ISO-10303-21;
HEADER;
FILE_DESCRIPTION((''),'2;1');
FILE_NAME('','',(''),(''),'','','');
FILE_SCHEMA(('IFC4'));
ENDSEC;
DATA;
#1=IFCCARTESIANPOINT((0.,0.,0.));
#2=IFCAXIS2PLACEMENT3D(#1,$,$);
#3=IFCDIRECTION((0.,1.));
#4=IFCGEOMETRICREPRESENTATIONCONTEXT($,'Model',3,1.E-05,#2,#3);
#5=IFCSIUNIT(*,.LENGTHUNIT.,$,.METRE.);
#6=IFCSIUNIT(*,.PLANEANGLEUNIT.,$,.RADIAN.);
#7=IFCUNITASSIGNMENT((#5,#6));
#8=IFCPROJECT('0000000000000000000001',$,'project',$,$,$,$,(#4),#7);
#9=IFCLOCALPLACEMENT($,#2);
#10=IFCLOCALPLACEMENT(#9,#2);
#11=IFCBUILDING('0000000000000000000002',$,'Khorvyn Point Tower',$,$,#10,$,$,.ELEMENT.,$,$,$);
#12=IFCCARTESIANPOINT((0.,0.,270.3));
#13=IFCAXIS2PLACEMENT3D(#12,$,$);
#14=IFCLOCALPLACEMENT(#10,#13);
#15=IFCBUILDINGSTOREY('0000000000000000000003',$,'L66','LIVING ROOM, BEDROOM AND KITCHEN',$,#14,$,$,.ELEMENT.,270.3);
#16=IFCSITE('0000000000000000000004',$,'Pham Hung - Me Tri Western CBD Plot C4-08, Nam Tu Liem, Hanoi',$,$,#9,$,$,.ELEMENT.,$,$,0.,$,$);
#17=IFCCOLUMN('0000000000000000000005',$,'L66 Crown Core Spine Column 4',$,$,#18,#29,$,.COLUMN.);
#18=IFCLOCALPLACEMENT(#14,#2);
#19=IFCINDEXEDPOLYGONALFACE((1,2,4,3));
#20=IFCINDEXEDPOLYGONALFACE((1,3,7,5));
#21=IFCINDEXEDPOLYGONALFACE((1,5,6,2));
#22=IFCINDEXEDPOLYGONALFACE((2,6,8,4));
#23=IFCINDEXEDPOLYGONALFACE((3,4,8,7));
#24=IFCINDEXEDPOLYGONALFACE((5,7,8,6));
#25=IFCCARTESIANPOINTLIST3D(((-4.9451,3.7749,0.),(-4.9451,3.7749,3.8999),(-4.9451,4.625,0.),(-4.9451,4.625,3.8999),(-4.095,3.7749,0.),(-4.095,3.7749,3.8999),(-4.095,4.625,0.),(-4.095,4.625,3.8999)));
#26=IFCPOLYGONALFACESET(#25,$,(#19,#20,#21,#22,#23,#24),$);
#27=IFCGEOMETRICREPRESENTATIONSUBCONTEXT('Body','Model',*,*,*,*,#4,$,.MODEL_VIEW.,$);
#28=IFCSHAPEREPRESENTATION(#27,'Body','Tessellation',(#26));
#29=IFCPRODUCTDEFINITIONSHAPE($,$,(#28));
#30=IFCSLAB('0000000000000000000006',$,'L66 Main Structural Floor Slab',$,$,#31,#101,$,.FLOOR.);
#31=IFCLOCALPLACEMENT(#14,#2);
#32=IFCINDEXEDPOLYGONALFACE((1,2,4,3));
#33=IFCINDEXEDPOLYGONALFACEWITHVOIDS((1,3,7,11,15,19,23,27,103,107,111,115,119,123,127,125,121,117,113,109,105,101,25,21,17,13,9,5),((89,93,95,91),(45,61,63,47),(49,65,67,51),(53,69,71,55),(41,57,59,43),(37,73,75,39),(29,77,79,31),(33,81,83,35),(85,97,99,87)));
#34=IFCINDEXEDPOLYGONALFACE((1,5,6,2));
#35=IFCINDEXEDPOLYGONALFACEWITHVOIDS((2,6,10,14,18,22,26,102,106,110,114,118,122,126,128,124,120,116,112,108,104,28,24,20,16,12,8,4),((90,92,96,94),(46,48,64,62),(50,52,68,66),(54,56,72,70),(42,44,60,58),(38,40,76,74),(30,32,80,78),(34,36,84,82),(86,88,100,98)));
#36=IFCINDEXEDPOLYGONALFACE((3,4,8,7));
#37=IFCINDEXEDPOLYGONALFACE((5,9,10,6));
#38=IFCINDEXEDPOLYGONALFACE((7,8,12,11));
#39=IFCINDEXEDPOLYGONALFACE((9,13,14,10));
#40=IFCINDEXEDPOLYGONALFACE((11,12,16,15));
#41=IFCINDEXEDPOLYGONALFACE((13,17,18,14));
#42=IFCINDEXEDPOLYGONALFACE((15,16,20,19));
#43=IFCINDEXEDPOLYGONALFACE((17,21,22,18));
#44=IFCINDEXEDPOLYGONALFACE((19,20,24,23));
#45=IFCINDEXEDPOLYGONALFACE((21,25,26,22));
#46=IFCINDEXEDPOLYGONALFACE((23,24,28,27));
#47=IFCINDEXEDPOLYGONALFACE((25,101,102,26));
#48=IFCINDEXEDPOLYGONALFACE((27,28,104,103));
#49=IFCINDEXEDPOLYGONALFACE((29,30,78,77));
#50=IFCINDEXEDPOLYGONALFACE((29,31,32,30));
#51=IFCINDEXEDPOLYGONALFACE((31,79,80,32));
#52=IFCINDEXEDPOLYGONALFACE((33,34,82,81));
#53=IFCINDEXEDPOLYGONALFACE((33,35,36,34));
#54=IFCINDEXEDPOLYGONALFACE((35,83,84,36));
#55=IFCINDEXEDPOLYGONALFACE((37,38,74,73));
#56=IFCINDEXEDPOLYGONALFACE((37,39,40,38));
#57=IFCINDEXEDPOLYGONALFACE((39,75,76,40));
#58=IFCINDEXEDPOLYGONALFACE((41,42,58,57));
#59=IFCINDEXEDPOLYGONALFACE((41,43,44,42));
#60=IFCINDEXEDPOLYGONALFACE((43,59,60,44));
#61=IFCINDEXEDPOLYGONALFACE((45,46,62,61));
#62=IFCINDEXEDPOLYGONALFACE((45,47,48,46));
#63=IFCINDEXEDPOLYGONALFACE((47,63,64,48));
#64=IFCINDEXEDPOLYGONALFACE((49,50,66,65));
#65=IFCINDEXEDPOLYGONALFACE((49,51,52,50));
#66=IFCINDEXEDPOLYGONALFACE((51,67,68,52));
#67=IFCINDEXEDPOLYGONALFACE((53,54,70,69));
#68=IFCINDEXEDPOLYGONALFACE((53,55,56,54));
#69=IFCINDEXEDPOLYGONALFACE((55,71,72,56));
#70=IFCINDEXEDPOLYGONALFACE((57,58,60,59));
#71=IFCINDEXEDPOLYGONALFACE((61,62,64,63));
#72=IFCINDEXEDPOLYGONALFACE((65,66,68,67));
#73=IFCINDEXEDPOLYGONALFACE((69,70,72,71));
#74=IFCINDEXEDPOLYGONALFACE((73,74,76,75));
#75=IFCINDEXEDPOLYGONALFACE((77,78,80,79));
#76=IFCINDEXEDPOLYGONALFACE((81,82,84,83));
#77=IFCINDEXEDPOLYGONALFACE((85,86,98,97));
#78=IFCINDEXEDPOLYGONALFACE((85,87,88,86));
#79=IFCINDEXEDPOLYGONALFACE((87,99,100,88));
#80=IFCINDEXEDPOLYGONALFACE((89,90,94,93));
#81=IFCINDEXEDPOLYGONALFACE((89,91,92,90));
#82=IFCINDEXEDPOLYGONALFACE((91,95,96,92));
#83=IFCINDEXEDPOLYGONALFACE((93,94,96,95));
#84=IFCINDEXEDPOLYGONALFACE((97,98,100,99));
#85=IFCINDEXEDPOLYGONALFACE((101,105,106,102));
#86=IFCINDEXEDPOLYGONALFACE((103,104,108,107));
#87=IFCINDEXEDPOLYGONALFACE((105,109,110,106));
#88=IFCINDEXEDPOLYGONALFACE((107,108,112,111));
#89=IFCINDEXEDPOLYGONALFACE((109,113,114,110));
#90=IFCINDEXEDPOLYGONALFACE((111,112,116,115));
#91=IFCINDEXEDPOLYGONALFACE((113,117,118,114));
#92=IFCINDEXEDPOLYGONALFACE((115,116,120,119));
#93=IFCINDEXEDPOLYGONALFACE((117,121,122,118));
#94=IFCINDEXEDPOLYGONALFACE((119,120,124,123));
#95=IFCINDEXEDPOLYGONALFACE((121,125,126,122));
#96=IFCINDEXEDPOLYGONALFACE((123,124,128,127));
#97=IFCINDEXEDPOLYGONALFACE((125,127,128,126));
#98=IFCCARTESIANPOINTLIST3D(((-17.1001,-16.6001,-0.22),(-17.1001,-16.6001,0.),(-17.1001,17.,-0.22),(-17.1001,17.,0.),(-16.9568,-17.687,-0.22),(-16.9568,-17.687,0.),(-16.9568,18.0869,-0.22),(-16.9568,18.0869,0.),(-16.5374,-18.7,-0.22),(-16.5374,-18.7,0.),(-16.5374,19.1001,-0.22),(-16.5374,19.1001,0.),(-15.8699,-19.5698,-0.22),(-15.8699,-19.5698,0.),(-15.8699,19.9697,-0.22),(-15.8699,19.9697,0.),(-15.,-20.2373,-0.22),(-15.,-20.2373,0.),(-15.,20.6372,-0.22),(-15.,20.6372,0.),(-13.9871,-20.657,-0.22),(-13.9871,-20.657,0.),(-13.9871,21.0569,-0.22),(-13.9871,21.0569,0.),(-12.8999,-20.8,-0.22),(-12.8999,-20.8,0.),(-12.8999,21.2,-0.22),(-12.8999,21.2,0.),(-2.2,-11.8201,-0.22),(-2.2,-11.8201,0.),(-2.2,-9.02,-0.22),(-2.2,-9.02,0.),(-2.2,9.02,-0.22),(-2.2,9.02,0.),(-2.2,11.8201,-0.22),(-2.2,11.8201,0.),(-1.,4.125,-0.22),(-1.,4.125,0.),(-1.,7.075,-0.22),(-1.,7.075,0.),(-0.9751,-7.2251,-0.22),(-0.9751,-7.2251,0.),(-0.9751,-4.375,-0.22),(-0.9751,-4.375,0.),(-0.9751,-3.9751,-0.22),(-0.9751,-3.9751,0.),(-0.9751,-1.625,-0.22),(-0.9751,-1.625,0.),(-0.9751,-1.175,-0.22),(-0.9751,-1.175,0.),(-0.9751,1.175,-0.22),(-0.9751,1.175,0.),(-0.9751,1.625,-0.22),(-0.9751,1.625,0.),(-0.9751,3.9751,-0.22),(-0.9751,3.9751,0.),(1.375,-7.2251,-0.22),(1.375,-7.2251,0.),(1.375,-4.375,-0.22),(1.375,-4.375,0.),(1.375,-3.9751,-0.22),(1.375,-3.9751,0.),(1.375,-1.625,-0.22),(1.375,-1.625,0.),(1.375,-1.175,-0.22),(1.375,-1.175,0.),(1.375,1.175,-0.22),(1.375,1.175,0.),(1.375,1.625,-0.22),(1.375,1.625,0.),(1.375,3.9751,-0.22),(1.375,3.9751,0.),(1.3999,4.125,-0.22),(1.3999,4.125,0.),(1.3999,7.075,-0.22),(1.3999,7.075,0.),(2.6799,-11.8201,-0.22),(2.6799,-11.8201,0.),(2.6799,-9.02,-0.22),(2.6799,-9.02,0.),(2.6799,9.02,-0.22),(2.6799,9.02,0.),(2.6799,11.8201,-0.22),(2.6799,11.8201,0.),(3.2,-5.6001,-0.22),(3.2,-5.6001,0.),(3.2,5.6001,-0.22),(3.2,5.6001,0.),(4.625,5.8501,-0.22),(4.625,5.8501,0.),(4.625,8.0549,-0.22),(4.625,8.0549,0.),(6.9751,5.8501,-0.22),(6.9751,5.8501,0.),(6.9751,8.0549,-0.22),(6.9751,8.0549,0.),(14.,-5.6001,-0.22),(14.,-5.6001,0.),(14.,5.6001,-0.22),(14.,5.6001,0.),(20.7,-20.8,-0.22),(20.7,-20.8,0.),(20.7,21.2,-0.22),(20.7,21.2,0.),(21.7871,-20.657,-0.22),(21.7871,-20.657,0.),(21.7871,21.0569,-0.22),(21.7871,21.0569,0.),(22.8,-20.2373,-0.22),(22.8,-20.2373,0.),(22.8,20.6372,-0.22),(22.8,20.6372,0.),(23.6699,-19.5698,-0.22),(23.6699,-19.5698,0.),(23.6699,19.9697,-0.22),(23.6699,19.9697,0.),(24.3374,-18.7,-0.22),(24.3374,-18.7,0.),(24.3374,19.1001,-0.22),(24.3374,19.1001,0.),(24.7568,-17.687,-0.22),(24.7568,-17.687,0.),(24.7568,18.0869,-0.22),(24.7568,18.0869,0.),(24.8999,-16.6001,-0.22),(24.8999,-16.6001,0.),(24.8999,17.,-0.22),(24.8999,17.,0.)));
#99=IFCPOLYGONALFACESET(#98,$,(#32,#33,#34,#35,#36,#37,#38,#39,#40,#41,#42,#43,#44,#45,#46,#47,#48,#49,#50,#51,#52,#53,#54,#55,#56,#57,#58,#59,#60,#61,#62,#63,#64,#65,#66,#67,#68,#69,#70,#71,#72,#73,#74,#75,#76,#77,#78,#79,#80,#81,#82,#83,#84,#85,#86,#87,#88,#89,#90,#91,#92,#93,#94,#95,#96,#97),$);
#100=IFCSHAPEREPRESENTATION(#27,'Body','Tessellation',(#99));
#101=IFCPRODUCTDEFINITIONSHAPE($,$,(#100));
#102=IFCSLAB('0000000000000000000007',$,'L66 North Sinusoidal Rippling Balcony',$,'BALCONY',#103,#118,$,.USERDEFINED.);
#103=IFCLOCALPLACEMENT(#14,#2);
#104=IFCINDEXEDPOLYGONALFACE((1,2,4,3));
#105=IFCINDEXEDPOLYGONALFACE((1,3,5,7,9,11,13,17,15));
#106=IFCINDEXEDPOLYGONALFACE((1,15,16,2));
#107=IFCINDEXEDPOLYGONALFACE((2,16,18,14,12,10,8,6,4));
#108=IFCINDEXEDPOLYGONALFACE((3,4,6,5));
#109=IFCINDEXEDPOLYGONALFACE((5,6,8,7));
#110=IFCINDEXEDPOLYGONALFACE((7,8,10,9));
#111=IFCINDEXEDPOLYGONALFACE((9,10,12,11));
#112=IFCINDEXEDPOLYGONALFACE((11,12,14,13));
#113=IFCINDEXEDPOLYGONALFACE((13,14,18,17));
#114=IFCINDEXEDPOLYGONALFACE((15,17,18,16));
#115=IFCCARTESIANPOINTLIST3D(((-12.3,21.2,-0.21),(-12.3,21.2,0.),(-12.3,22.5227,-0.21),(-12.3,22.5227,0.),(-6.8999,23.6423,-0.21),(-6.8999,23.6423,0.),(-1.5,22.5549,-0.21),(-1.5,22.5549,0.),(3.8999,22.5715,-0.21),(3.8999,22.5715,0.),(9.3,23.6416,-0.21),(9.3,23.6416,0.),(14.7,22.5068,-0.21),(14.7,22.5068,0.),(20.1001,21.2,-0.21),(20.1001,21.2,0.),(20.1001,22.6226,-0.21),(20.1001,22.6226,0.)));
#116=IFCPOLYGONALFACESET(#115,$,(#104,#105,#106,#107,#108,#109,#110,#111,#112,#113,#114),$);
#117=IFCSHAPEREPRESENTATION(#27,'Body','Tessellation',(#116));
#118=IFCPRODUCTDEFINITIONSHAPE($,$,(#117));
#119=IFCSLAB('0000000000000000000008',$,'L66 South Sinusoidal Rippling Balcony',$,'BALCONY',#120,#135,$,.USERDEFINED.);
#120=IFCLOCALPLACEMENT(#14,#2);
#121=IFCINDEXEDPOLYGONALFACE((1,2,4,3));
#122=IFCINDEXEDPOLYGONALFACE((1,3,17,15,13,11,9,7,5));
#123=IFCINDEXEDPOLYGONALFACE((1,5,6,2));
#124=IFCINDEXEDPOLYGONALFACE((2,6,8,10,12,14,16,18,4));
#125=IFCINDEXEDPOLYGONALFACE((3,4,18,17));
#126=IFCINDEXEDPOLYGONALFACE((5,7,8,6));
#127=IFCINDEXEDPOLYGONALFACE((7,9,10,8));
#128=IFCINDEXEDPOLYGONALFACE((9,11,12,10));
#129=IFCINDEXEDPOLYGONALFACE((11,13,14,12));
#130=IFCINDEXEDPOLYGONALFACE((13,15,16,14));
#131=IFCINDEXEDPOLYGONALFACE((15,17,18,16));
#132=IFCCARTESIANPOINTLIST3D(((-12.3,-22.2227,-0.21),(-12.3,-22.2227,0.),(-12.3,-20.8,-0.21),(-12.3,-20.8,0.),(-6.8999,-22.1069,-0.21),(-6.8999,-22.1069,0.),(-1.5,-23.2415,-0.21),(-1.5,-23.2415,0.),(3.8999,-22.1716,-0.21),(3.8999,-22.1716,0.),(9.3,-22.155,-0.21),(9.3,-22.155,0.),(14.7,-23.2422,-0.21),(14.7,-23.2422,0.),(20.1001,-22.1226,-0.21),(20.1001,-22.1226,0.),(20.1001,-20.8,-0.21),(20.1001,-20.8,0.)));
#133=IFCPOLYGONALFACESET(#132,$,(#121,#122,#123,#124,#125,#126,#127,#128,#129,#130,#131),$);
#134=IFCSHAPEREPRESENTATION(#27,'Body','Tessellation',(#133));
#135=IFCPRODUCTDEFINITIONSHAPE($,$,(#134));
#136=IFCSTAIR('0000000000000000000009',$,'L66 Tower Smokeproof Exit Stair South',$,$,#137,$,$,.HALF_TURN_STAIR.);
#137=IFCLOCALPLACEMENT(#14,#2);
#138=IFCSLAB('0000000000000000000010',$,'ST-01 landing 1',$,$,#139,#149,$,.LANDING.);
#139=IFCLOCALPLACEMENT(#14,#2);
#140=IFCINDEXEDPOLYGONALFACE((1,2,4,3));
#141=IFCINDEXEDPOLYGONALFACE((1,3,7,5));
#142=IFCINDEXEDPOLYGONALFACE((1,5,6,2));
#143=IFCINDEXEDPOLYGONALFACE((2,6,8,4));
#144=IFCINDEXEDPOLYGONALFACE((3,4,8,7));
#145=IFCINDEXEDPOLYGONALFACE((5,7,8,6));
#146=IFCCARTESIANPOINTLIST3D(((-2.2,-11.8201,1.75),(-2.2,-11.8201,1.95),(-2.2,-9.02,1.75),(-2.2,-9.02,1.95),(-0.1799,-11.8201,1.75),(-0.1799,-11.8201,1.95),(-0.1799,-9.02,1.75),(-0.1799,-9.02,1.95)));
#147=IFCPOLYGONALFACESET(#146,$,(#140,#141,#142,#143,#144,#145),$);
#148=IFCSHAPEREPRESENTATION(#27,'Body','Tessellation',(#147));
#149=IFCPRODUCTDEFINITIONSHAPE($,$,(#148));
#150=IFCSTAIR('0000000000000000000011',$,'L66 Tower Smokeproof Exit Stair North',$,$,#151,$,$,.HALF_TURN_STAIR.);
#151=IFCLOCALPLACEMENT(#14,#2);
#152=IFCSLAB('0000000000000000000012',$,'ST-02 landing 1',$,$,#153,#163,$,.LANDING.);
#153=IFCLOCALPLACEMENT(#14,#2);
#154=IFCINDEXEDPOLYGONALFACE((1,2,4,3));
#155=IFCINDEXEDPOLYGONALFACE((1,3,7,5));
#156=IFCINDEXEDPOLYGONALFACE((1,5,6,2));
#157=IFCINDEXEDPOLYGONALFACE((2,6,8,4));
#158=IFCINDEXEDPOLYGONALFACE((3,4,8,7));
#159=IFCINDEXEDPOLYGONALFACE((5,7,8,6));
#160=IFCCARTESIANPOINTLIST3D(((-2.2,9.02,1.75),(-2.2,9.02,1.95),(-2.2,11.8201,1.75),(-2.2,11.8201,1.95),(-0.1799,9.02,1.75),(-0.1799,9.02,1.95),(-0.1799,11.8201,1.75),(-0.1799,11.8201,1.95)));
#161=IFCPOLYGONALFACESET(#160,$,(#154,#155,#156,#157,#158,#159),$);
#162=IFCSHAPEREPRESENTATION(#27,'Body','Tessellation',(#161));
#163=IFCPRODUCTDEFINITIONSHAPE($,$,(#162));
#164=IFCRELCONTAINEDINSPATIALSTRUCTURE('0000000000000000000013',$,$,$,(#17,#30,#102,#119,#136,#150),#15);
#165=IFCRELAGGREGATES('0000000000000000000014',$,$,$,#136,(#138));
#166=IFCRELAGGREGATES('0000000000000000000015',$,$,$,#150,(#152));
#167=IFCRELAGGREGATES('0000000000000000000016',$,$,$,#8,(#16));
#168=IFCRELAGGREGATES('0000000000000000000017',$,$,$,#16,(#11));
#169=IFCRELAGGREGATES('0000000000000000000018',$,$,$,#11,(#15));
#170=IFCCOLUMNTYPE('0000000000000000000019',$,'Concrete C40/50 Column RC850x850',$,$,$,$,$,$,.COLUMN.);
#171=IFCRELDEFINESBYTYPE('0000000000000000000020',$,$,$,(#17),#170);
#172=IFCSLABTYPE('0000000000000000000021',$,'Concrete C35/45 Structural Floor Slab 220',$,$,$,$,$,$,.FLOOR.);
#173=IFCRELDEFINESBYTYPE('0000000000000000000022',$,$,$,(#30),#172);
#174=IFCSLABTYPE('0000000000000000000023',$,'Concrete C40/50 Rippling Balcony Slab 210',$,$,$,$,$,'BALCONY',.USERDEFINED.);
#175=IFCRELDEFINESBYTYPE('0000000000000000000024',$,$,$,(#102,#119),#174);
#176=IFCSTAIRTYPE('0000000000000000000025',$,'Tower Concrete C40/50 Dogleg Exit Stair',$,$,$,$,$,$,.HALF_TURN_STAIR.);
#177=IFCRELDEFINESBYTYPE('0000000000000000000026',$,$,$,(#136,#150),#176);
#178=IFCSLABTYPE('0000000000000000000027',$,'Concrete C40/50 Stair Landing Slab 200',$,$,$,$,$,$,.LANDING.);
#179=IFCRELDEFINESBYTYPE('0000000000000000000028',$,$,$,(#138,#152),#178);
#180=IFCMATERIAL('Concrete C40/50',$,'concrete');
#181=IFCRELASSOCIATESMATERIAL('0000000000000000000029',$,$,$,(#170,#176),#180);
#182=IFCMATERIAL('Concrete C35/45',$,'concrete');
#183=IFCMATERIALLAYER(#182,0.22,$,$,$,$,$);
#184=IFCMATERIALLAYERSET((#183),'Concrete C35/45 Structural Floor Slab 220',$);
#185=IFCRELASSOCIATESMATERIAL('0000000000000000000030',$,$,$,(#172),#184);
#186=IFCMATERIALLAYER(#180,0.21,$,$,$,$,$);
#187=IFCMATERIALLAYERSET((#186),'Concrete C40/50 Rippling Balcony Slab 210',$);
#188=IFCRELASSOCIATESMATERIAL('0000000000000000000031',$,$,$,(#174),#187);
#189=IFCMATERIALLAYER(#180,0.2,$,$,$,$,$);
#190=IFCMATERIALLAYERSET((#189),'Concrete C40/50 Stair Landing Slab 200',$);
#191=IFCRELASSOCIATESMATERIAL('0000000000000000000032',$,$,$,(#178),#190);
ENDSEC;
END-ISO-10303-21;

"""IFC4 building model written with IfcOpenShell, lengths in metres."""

from ifc_helpers import new_model, si_unit, direction, frame, origin, origin_2d, place, context, subcontext, project, spatial, polyline, rectangle, outline, extrude, material, layer, layer_set, material_profile, profile_set, type_object, element, aggregate, save


model = new_model("IFC4")

# Units and contexts
model_context = context("Model", 3, precision=1e-05, world=origin(), true_north=direction((0.0, 1.0)))
body_context = subcontext(model_context, "Body", "Model", "MODEL_VIEW")
ifc_project = project(units=[si_unit("LENGTHUNIT", "METRE"), si_unit("PLANEANGLEUNIT", "RADIAN")], contexts=[model_context])

# Site, building, storey
site_placement = place(None, origin())
site = spatial("IfcSite", under=ifc_project, at=site_placement, Name="Pham Hung - Me Tri Western CBD Plot C4-08, Nam Tu Liem, Hanoi", CompositionType="ELEMENT", RefElevation=0.0)
building_placement = place(site_placement, origin())
building = spatial("IfcBuilding", under=site, at=building_placement, Name="Khorvyn Point Tower", CompositionType="ELEMENT")
storey_placement = place(building_placement, frame((0.0, 0.0, 270.3)))
storey = spatial("IfcBuildingStorey", under=building, at=storey_placement, Name="L66", Description="LIVING ROOM, BEDROOM AND KITCHEN", CompositionType="ELEMENT", Elevation=270.3)

# Column
ifc_material_1 = material(Name="Concrete C40/50", Category="concrete")
ifc_material_profile = material_profile(ifc_material_1, rectangle(XDim=0.8501, YDim=0.8501, at=origin_2d()))
ifc_profile_set = profile_set([ifc_material_profile], Name="Concrete C40/50 RC850x850")
column_type = type_object("IfcColumnType", Name="Concrete C40/50 Column RC850x850", PredefinedType="COLUMN", material=ifc_profile_set)
column_placement = place(storey_placement, frame((-4.52, 4.2, 0.0), z_axis=(0.0, 0.0, 1.0), x_axis=(1.0, 0.0, 0.0)))
element("IfcColumn", 1, at=column_placement, inside=storey, type_object=column_type, Name="L66 Crown Core Spine Column 4", PredefinedType="COLUMN", context=body_context, shape_type="SweptSolid", body=[
    extrude(rectangle(XDim=0.8501, YDim=0.8501, at=origin_2d()), origin(), (0.0, 0.0, 1.0), 3.8999),
])

# Slabs
ifc_material_2 = material(Name="Concrete C35/45", Category="concrete")
ifc_layer_1 = layer(ifc_material_2, 0.22)
ifc_layer_set_1 = layer_set([ifc_layer_1], Name="Concrete C35/45 Structural Floor Slab 220")
slab_type_1 = type_object("IfcSlabType", Name="Concrete C35/45 Structural Floor Slab 220", PredefinedType="FLOOR", material=ifc_layer_set_1)
slab_1_placement = place(storey_placement, frame((0.0, 0.0, -0.22)))
element("IfcSlab", 2, at=slab_1_placement, inside=storey, type_object=slab_type_1, Name="L66 Main Structural Floor Slab", PredefinedType="FLOOR", context=body_context, shape_type="SweptSolid", body=[
    extrude(outline(polyline([(-12.8999, -20.8), (-13.9871, -20.657), (-15.0, -20.2373), (-15.8699, -19.5698), (-16.5374, -18.7), (-16.9568, -17.687), (-17.1001, -16.6001), (-17.1001, 17.0), (-16.9568, 18.0869), (-16.5374, 19.1001), (-15.8699, 19.9697), (-15.0, 20.6372), (-13.9871, 21.0569), (-12.8999, 21.2), (20.7, 21.2), (21.7871, 21.0569), (22.8, 20.6372), (23.6699, 19.9697), (24.3374, 19.1001), (24.7568, 18.0869), (24.8999, 17.0), (24.8999, -16.6001), (24.7568, -17.687), (24.3374, -18.7), (23.6699, -19.5698), (22.8, -20.2373), (21.7871, -20.657), (20.7, -20.8), (-12.8999, -20.8)]), holes=[polyline([(2.6799, -11.8201), (2.6799, -9.02), (-2.2, -9.02), (-2.2, -11.8201), (2.6799, -11.8201)]), polyline([(1.375, -7.2251), (1.375, -4.375), (-0.9751, -4.375), (-0.9751, -7.2251), (1.375, -7.2251)]), polyline([(1.375, -3.9751), (1.375, -1.625), (-0.9751, -1.625), (-0.9751, -3.9751), (1.375, -3.9751)]), polyline([(1.375, -1.175), (1.375, 1.175), (-0.9751, 1.175), (-0.9751, -1.175), (1.375, -1.175)]), polyline([(14.0, -5.6001), (14.0, 5.6001), (3.2, 5.6001), (3.2, -5.6001), (14.0, -5.6001)]), polyline([(1.375, 1.625), (1.375, 3.9751), (-0.9751, 3.9751), (-0.9751, 1.625), (1.375, 1.625)]), polyline([(1.3999, 4.125), (1.3999, 7.075), (-1.0, 7.075), (-1.0, 4.125), (1.3999, 4.125)]), polyline([(4.625, 5.8501), (6.9751, 5.8501), (6.9751, 8.0549), (4.625, 8.0549), (4.625, 5.8501)]), polyline([(-2.2, 9.02), (2.6799, 9.02), (2.6799, 11.8201), (-2.2, 11.8201), (-2.2, 9.02)])]), origin(), (0.0, 0.0, 1.0), 0.22),
])
ifc_layer_2 = layer(ifc_material_1, 0.21)
ifc_layer_set_2 = layer_set([ifc_layer_2], Name="Concrete C40/50 Rippling Balcony Slab 210")
slab_type_2 = type_object("IfcSlabType", Name="Concrete C40/50 Rippling Balcony Slab 210", ElementType="BALCONY", PredefinedType="USERDEFINED", material=ifc_layer_set_2)
slab_2_placement = place(storey_placement, frame((0.0, 0.0, -0.21)))
element("IfcSlab", 3, at=slab_2_placement, inside=storey, type_object=slab_type_2, Name="L66 North Sinusoidal Rippling Balcony", ObjectType="BALCONY", PredefinedType="USERDEFINED", context=body_context, shape_type="SweptSolid", body=[
    extrude(outline(polyline([(20.1001, 21.2), (20.1001, 22.6226), (14.7, 22.5068), (9.3, 23.6416), (3.8999, 22.5715), (-1.5, 22.5549), (-6.8999, 23.6423), (-12.3, 22.5227), (-12.3, 21.2), (20.1001, 21.2)])), origin(), (0.0, 0.0, 1.0), 0.21),
])
slab_3_placement = place(storey_placement, frame((0.0, 0.0, -0.21)))
element("IfcSlab", 4, at=slab_3_placement, inside=storey, type_object=slab_type_2, Name="L66 South Sinusoidal Rippling Balcony", ObjectType="BALCONY", PredefinedType="USERDEFINED", context=body_context, shape_type="SweptSolid", body=[
    extrude(outline(polyline([(-12.3, -20.8), (-12.3, -22.2227), (-6.8999, -22.1069), (-1.5, -23.2415), (3.8999, -22.1716), (9.3, -22.155), (14.7, -23.2422), (20.1001, -22.1226), (20.1001, -20.8), (-12.3, -20.8)])), origin(), (0.0, 0.0, 1.0), 0.21),
])

# Stairs, slabs
stair_type = type_object("IfcStairType", Name="Tower Concrete C40/50 Dogleg Exit Stair", PredefinedType="HALF_TURN_STAIR", material=ifc_material_1)
stair_1_placement = place(storey_placement, origin())
stair_1 = element("IfcStair", 5, at=stair_1_placement, inside=storey, type_object=stair_type, Name="L66 Tower Smokeproof Exit Stair South", PredefinedType="HALF_TURN_STAIR")
ifc_layer_3 = layer(ifc_material_1, 0.2)
ifc_layer_set_3 = layer_set([ifc_layer_3], Name="Concrete C40/50 Stair Landing Slab 200")
slab_type_3 = type_object("IfcSlabType", Name="Concrete C40/50 Stair Landing Slab 200", PredefinedType="LANDING", material=ifc_layer_set_3)
slab_4_placement = place(storey_placement, frame((0.0, 0.0, 1.75)))
slab_4 = element("IfcSlab", 6, at=slab_4_placement, type_object=slab_type_3, Name="ST-01 landing 1", PredefinedType="LANDING", context=body_context, shape_type="SweptSolid", body=[
    extrude(outline(polyline([(-0.1799, -9.02), (-2.2, -9.02), (-2.2, -11.8201), (-0.1799, -11.8201), (-0.1799, -9.02)])), origin(), (0.0, 0.0, 1.0), 0.2),
])
aggregate(stair_1, [slab_4])
stair_2_placement = place(storey_placement, origin())
stair_2 = element("IfcStair", 7, at=stair_2_placement, inside=storey, type_object=stair_type, Name="L66 Tower Smokeproof Exit Stair North", PredefinedType="HALF_TURN_STAIR")
slab_5_placement = place(storey_placement, frame((0.0, 0.0, 1.75)))
slab_5 = element("IfcSlab", 8, at=slab_5_placement, type_object=slab_type_3, Name="ST-02 landing 1", PredefinedType="LANDING", context=body_context, shape_type="SweptSolid", body=[
    extrude(outline(polyline([(-0.1799, 11.8201), (-2.2, 11.8201), (-2.2, 9.02), (-0.1799, 9.02), (-0.1799, 11.8201)])), origin(), (0.0, 0.0, 1.0), 0.2),
])
aggregate(stair_2, [slab_5])

save(model, "model.ifc")
